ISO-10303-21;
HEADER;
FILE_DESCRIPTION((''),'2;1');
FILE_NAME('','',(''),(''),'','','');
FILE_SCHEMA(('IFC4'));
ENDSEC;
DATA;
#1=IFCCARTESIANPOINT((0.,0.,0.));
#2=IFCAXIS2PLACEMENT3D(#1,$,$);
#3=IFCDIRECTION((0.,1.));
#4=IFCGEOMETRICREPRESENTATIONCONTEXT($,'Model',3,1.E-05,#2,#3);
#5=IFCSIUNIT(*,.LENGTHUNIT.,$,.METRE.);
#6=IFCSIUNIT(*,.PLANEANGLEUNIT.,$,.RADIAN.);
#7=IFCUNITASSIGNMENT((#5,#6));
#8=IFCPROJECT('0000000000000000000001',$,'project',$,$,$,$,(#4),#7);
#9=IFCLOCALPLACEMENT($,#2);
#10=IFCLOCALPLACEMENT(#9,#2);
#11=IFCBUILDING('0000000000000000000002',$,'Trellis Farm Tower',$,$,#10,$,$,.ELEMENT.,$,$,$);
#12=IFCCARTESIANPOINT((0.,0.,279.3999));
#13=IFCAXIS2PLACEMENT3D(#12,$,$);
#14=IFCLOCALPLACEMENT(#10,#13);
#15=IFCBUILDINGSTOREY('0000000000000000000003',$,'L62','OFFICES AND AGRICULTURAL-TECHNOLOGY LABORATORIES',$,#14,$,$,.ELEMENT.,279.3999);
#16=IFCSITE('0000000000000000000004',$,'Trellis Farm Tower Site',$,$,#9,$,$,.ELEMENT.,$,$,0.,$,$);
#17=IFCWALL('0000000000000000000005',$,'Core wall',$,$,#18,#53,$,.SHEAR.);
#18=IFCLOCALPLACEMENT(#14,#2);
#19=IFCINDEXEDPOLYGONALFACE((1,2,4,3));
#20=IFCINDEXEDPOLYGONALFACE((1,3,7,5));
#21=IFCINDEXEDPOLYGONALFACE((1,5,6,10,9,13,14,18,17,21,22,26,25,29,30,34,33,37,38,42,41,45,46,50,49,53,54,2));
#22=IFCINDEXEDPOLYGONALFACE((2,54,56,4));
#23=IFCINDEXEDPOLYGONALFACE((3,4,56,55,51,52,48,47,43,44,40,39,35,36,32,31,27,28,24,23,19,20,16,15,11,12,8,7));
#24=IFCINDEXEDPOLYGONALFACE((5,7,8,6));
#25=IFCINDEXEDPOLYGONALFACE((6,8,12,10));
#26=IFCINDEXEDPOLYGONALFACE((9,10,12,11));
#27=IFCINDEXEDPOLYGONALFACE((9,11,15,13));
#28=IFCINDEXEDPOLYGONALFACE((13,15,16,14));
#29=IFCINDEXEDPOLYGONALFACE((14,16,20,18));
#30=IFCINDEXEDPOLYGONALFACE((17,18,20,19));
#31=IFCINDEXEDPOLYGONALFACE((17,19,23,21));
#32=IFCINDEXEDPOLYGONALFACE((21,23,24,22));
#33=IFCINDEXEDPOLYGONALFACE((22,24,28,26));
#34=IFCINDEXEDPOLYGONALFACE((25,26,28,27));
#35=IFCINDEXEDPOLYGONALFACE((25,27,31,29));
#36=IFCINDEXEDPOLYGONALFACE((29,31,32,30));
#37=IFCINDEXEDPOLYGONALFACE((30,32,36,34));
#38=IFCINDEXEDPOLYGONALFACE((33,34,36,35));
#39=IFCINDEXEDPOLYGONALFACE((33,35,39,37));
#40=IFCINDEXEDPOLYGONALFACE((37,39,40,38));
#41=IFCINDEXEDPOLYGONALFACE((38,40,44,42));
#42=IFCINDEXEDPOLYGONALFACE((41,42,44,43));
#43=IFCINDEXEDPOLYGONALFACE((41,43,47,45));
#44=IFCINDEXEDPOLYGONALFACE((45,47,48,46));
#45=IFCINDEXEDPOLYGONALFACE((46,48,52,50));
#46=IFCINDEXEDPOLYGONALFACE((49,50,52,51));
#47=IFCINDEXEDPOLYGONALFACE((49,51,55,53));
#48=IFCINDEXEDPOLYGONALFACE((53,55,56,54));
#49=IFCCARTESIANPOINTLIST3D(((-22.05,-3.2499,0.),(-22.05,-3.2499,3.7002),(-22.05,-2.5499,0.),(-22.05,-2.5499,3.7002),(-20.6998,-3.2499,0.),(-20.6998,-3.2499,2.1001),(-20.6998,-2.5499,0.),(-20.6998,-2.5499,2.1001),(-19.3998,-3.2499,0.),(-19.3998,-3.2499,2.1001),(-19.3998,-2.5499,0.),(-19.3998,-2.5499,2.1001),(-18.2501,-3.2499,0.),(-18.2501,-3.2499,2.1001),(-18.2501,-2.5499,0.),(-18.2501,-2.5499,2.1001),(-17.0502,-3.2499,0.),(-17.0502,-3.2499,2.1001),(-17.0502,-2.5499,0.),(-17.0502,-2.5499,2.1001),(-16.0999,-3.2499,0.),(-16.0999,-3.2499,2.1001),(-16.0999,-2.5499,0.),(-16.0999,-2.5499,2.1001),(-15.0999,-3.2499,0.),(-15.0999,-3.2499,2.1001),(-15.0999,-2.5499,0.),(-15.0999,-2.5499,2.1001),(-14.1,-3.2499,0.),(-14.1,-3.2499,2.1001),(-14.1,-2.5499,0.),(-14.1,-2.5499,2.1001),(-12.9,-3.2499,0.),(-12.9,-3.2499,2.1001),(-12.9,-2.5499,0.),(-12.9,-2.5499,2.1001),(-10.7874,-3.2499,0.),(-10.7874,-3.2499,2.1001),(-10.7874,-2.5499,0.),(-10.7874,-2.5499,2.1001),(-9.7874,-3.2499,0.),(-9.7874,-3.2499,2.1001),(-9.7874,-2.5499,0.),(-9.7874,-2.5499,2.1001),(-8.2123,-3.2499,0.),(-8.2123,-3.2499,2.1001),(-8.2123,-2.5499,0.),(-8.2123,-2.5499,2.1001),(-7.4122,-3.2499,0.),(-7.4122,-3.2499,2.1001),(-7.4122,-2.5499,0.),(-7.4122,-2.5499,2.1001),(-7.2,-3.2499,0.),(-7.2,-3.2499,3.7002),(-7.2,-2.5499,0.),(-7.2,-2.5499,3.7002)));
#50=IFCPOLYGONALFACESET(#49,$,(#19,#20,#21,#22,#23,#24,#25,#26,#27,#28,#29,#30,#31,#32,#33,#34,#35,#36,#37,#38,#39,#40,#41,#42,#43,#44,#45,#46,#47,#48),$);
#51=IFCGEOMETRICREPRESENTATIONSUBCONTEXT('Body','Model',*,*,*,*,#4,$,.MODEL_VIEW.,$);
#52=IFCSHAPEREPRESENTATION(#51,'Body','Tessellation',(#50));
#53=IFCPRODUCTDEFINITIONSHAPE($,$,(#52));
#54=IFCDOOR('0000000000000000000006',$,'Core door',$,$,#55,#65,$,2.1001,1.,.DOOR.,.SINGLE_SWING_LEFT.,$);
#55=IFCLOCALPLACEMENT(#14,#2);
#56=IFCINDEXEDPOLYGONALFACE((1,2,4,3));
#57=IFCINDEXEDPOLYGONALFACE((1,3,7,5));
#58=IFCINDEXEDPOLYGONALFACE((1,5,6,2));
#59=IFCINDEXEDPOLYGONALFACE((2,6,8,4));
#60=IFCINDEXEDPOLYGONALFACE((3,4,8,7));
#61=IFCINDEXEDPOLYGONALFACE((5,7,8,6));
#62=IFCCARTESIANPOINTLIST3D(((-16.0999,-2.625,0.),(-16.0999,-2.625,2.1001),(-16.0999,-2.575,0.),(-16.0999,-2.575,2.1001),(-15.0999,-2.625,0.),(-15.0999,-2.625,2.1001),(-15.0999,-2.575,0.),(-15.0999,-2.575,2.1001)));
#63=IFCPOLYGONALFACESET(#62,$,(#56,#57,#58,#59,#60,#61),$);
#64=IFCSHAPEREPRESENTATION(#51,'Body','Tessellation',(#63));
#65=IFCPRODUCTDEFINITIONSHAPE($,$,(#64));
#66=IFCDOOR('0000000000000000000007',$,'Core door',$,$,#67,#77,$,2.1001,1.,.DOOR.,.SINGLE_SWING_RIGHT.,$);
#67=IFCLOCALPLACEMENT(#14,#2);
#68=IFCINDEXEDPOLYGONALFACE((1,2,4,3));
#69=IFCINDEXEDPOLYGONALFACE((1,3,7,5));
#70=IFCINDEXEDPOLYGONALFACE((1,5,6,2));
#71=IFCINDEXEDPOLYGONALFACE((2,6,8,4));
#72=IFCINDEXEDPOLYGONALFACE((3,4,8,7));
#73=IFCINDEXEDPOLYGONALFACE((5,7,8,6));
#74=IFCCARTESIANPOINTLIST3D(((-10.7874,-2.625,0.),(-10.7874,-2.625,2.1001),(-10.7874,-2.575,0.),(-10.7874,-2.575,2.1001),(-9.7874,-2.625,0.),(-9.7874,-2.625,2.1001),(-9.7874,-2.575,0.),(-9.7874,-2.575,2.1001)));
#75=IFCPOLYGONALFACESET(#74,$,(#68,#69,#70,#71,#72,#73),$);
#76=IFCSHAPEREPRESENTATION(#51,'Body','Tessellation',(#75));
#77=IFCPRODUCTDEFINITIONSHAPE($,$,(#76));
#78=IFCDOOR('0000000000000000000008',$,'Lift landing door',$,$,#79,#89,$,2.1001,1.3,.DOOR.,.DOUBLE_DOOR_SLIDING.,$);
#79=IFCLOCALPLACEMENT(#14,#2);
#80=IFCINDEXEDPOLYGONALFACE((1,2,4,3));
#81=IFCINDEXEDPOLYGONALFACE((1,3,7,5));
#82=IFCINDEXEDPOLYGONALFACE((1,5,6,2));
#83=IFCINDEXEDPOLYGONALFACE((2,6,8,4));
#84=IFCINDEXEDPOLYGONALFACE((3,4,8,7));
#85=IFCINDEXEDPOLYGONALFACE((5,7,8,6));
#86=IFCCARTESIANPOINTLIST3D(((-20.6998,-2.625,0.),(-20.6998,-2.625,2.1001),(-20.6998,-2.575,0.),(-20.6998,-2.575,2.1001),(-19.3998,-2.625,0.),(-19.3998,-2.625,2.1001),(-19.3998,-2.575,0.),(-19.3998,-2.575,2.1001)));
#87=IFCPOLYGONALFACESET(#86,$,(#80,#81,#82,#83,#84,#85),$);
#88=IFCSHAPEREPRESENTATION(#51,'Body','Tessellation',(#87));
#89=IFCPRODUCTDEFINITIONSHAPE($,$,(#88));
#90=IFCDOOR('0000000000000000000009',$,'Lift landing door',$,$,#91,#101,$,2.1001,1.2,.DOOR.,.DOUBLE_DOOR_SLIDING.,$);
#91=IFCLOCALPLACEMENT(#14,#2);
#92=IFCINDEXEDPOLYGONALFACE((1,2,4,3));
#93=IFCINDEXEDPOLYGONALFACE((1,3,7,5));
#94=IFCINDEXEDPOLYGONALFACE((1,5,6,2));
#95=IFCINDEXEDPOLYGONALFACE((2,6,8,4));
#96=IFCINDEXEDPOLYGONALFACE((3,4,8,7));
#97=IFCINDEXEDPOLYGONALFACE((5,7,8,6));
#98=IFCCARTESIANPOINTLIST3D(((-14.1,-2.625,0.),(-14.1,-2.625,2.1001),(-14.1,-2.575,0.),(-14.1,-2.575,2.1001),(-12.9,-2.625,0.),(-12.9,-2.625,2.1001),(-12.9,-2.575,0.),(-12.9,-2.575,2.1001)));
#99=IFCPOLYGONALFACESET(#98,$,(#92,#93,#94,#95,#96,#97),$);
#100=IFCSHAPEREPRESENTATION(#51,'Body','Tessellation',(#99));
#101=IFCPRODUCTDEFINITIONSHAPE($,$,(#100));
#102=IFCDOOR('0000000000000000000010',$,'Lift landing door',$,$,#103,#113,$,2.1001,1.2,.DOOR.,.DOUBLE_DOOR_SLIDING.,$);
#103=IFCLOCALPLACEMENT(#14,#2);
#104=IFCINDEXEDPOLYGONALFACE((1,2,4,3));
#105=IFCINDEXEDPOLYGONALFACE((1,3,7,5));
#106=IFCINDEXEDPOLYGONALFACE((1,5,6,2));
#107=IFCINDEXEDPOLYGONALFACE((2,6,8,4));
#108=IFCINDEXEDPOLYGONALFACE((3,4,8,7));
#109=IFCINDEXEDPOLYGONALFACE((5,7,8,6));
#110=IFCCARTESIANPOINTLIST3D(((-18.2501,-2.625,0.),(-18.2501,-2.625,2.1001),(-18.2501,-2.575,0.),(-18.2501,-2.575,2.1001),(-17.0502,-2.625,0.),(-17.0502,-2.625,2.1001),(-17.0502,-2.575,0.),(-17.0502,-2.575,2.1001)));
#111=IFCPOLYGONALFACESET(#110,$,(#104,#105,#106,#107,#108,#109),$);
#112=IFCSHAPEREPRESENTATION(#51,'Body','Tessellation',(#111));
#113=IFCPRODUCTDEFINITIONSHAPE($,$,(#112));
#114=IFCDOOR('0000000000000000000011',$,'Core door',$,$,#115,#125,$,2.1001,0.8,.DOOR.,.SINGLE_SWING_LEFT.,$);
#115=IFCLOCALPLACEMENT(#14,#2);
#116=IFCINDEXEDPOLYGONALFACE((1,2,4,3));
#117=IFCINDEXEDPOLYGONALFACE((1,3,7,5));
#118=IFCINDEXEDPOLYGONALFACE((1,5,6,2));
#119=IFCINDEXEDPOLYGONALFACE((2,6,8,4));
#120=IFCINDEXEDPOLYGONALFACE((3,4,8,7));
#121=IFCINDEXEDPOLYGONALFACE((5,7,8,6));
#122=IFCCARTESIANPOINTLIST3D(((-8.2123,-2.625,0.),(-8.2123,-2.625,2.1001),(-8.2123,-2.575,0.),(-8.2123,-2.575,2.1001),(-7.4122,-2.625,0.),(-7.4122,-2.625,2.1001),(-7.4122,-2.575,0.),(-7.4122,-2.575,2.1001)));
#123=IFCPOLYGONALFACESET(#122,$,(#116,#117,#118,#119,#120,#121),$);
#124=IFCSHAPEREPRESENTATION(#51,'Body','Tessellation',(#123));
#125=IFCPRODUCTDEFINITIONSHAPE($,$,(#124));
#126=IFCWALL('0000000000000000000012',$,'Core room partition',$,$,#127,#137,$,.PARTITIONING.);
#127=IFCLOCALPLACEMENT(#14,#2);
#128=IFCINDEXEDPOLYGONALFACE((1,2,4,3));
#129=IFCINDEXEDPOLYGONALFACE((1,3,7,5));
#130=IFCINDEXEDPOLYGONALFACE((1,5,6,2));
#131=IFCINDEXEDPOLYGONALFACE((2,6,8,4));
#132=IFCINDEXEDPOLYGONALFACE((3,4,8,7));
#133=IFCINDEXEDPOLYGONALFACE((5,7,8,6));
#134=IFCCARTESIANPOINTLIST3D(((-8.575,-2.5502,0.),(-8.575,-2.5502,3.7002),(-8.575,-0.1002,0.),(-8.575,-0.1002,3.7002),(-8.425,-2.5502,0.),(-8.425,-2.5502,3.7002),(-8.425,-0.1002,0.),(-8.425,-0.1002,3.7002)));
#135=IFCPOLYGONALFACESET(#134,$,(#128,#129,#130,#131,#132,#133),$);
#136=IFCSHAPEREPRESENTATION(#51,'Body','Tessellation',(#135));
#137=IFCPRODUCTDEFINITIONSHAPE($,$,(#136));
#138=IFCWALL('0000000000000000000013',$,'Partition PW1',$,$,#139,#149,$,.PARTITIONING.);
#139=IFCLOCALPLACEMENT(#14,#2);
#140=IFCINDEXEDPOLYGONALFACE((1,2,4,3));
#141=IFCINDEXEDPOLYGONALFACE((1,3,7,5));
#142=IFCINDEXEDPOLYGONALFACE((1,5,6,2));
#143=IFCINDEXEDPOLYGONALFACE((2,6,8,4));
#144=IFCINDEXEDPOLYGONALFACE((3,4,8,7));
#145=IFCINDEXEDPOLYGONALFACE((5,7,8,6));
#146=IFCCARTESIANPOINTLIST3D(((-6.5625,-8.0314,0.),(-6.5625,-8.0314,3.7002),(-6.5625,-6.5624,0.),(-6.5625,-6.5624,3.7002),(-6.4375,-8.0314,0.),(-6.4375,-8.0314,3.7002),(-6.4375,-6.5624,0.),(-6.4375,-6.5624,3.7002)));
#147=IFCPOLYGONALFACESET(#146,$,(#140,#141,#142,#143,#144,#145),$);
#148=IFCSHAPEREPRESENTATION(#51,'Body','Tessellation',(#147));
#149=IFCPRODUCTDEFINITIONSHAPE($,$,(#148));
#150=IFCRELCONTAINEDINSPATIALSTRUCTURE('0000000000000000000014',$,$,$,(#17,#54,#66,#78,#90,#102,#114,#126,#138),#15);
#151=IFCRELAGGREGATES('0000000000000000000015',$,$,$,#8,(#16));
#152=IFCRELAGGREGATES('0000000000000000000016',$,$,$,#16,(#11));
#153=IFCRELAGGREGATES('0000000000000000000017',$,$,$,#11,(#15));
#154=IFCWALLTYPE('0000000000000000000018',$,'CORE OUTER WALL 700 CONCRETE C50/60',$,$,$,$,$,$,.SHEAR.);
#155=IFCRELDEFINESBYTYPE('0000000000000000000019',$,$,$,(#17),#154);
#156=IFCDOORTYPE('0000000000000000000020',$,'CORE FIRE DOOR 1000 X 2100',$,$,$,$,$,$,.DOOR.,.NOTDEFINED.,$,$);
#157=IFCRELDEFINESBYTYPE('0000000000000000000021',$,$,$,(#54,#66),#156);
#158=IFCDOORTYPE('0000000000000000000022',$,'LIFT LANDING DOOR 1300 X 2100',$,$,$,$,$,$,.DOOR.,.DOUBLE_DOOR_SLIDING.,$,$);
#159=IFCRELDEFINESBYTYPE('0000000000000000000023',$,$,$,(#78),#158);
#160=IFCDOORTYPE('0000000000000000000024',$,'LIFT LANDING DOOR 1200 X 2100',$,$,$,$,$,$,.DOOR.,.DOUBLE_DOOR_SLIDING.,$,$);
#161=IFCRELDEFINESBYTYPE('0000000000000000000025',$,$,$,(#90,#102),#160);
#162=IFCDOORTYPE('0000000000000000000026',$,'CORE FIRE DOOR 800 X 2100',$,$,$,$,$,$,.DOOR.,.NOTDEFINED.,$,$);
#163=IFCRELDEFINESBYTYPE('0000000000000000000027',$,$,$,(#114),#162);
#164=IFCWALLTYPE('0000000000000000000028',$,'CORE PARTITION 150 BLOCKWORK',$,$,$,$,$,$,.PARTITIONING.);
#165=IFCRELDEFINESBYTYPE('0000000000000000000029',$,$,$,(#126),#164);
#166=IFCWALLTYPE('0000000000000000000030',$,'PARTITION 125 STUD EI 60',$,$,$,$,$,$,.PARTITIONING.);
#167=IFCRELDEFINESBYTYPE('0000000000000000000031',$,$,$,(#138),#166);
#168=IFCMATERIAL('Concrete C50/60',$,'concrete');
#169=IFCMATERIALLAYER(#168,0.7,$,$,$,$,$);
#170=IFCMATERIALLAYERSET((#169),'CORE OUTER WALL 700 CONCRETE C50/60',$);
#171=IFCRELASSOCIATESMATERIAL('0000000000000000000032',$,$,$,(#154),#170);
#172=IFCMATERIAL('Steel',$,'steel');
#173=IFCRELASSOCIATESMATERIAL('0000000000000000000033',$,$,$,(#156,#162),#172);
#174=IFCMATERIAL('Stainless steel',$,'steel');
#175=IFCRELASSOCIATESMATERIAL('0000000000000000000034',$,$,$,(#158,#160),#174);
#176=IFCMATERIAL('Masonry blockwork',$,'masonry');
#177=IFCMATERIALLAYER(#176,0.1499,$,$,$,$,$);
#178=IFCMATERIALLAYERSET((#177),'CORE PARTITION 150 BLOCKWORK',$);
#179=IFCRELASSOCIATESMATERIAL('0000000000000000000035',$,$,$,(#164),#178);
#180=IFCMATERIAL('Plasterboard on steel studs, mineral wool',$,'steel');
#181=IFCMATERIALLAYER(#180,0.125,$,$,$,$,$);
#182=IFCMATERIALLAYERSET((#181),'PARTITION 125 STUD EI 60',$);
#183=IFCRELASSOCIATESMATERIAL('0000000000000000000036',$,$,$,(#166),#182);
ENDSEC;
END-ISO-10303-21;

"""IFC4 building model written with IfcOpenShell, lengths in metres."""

from ifc_helpers import new_model, si_unit, direction, frame, frame_2d, origin, place, context, subcontext, project, spatial, rectangle, extrude, source, transform, mapped, material, layer, layer_set, type_object, element, fill, save


model = new_model("IFC4")

# Units and contexts
model_context = context("Model", 3, precision=1e-05, world=origin(), true_north=direction((0.0, 1.0)))
body_context = subcontext(model_context, "Body", "Model", "MODEL_VIEW")
ifc_project = project(units=[si_unit("LENGTHUNIT", "METRE"), si_unit("PLANEANGLEUNIT", "RADIAN")], contexts=[model_context])

# Site, building, storey
site_placement = place(None, origin())
site = spatial("IfcSite", under=ifc_project, at=site_placement, Name="Trellis Farm Tower Site", CompositionType="ELEMENT", RefElevation=0.0)
building_placement = place(site_placement, origin())
building = spatial("IfcBuilding", under=site, at=building_placement, Name="Trellis Farm Tower", CompositionType="ELEMENT")
storey_placement = place(building_placement, frame((0.0, 0.0, 279.3999)))
storey = spatial("IfcBuildingStorey", under=building, at=storey_placement, Name="L62", Description="OFFICES AND AGRICULTURAL-TECHNOLOGY LABORATORIES", CompositionType="ELEMENT", Elevation=279.3999)

# Wall, openings, doors
ifc_material_1 = material(Name="Concrete C50/60", Category="concrete")
ifc_layer_1 = layer(ifc_material_1, 0.7)
ifc_layer_set_1 = layer_set([ifc_layer_1], Name="CORE OUTER WALL 700 CONCRETE C50/60")
wall_type_1 = type_object("IfcWallType", Name="CORE OUTER WALL 700 CONCRETE C50/60", PredefinedType="SHEAR", material=ifc_layer_set_1)
shared_shape_1 = source(origin(), body_context, "Body", "SweptSolid", [
    extrude(rectangle(XDim=14.8501, YDim=0.7, at=frame_2d((7.425, 0.0))), origin(), (0.0, 0.0, 1.0), 3.7002),
])
wall_1_placement = place(storey_placement, frame((-7.2, -2.8999, 0.0), z_axis=(0.0, 0.0, 1.0), x_axis=(-1.0, 0.0, 0.0)))
wall_1 = element("IfcWall", 1, at=wall_1_placement, inside=storey, type_object=wall_type_1, Name="Core wall", PredefinedType="SHEAR", context=body_context, shape_type="MappedRepresentation", body=[
    mapped(shared_shape_1, transform((0.0, 0.0, 0.0))),
])
shared_shape_2 = source(origin(), body_context, "Body", "SweptSolid", [
    extrude(rectangle(XDim=1.2, YDim=2.1001, at=frame_2d((0.6001, 1.05))), frame((0.0, 0.3601, 0.0), z_axis=(0.0, -1.0, 0.0), x_axis=(1.0, 0.0, 0.0)), (0.0, 0.0, 1.0), 0.7202),
])
opening_1_placement = place(wall_1_placement, frame((5.7, 0.0, 0.0)))
opening_1 = element("IfcOpeningElement", 2, at=opening_1_placement, cuts=wall_1, PredefinedType="OPENING", context=body_context, shape_type="MappedRepresentation", body=[
    mapped(shared_shape_2, transform((0.0, 0.0, 0.0))),
])
shared_shape_3 = source(origin(), body_context, "Body", "SweptSolid", [
    extrude(rectangle(XDim=1.3, YDim=2.1001, at=frame_2d((0.6499, 1.05))), frame((0.0, 0.3601, 0.0), z_axis=(0.0, -1.0, 0.0), x_axis=(1.0, 0.0, 0.0)), (0.0, 0.0, 1.0), 0.7202),
])
opening_2_placement = place(wall_1_placement, frame((12.2, 0.0, 0.0)))
opening_2 = element("IfcOpeningElement", 3, at=opening_2_placement, cuts=wall_1, PredefinedType="OPENING", context=body_context, shape_type="MappedRepresentation", body=[
    mapped(shared_shape_3, transform((0.0, 0.0, 0.0))),
])
opening_3_placement = place(wall_1_placement, frame((9.8501, 0.0, 0.0)))
opening_3 = element("IfcOpeningElement", 4, at=opening_3_placement, cuts=wall_1, PredefinedType="OPENING", context=body_context, shape_type="MappedRepresentation", body=[
    mapped(shared_shape_2, transform((0.0, 0.0, 0.0))),
])
shared_shape_4 = source(origin(), body_context, "Body", "SweptSolid", [
    extrude(rectangle(XDim=1.0, YDim=2.1001, at=frame_2d((0.5, 1.05))), frame((0.0, 0.3601, 0.0), z_axis=(0.0, -1.0, 0.0), x_axis=(1.0, 0.0, 0.0)), (0.0, 0.0, 1.0), 0.7202),
])
opening_4_placement = place(wall_1_placement, frame((7.8999, 0.0, 0.0)))
opening_4 = element("IfcOpeningElement", 5, at=opening_4_placement, cuts=wall_1, PredefinedType="OPENING", context=body_context, shape_type="MappedRepresentation", body=[
    mapped(shared_shape_4, transform((0.0, 0.0, 0.0))),
])
shared_shape_5 = source(origin(), body_context, "Body", "SweptSolid", [
    extrude(rectangle(XDim=0.8, YDim=2.1001, at=frame_2d((0.3999, 1.05))), frame((0.0, 0.3601, 0.0), z_axis=(0.0, -1.0, 0.0), x_axis=(1.0, 0.0, 0.0)), (0.0, 0.0, 1.0), 0.7202),
])
opening_5_placement = place(wall_1_placement, frame((0.2124, 0.0, 0.0)))
opening_5 = element("IfcOpeningElement", 6, at=opening_5_placement, cuts=wall_1, PredefinedType="OPENING", context=body_context, shape_type="MappedRepresentation", body=[
    mapped(shared_shape_5, transform((0.0, 0.0, 0.0))),
])
opening_6_placement = place(wall_1_placement, frame((2.5874, 0.0, 0.0)))
opening_6 = element("IfcOpeningElement", 7, at=opening_6_placement, cuts=wall_1, PredefinedType="OPENING", context=body_context, shape_type="MappedRepresentation", body=[
    mapped(shared_shape_4, transform((0.0, 0.0, 0.0))),
])
ifc_material_2 = material(Name="Steel", Category="steel")
door_type_1 = type_object("IfcDoorType", Name="CORE FIRE DOOR 1000 X 2100", OperationType="NOTDEFINED", PredefinedType="DOOR", material=ifc_material_2)
shared_shape_6 = source(origin(), body_context, "Body", "SweptSolid", [
    extrude(rectangle(XDim=1.0, YDim=2.1001, at=frame_2d((0.5, 1.05))), frame((0.0, -0.2749, 0.0), z_axis=(0.0, -1.0, 0.0), x_axis=(1.0, 0.0, 0.0)), (0.0, 0.0, 1.0), 0.05),
])
door_1_placement = place(opening_4_placement, origin())
door_1 = element("IfcDoor", 8, at=door_1_placement, inside=storey, type_object=door_type_1, Name="Core door", OperationType="SINGLE_SWING_LEFT", OverallHeight=2.1001, OverallWidth=1.0, PredefinedType="DOOR", context=body_context, shape_type="MappedRepresentation", body=[
    mapped(shared_shape_6, transform((0.0, 0.0, 0.0))),
])
fill(opening_4, door_1)
door_2_placement = place(opening_6_placement, origin())
door_2 = element("IfcDoor", 9, at=door_2_placement, inside=storey, type_object=door_type_1, Name="Core door", OperationType="SINGLE_SWING_RIGHT", OverallHeight=2.1001, OverallWidth=1.0, PredefinedType="DOOR", context=body_context, shape_type="MappedRepresentation", body=[
    mapped(shared_shape_6, transform((0.0, 0.0, 0.0))),
])
fill(opening_6, door_2)
ifc_material_3 = material(Name="Stainless steel", Category="steel")
door_type_2 = type_object("IfcDoorType", Name="LIFT LANDING DOOR 1300 X 2100", OperationType="DOUBLE_DOOR_SLIDING", PredefinedType="DOOR", material=ifc_material_3)
shared_shape_7 = source(origin(), body_context, "Body", "SweptSolid", [
    extrude(rectangle(XDim=1.3, YDim=2.1001, at=frame_2d((0.6499, 1.05))), frame((0.0, -0.2749, 0.0), z_axis=(0.0, -1.0, 0.0), x_axis=(1.0, 0.0, 0.0)), (0.0, 0.0, 1.0), 0.05),
])
door_3_placement = place(opening_2_placement, origin())
door_3 = element("IfcDoor", 10, at=door_3_placement, inside=storey, type_object=door_type_2, Name="Lift landing door", OperationType="DOUBLE_DOOR_SLIDING", OverallHeight=2.1001, OverallWidth=1.3, PredefinedType="DOOR", context=body_context, shape_type="MappedRepresentation", body=[
    mapped(shared_shape_7, transform((0.0, 0.0, 0.0))),
])
fill(opening_2, door_3)
door_type_3 = type_object("IfcDoorType", Name="LIFT LANDING DOOR 1200 X 2100", OperationType="DOUBLE_DOOR_SLIDING", PredefinedType="DOOR", material=ifc_material_3)
shared_shape_8 = source(origin(), body_context, "Body", "SweptSolid", [
    extrude(rectangle(XDim=1.2, YDim=2.1001, at=frame_2d((0.6001, 1.05))), frame((0.0, -0.2749, 0.0), z_axis=(0.0, -1.0, 0.0), x_axis=(1.0, 0.0, 0.0)), (0.0, 0.0, 1.0), 0.05),
])
door_4_placement = place(opening_1_placement, origin())
door_4 = element("IfcDoor", 11, at=door_4_placement, inside=storey, type_object=door_type_3, Name="Lift landing door", OperationType="DOUBLE_DOOR_SLIDING", OverallHeight=2.1001, OverallWidth=1.2, PredefinedType="DOOR", context=body_context, shape_type="MappedRepresentation", body=[
    mapped(shared_shape_8, transform((0.0, 0.0, 0.0))),
])
fill(opening_1, door_4)
door_5_placement = place(opening_3_placement, origin())
door_5 = element("IfcDoor", 12, at=door_5_placement, inside=storey, type_object=door_type_3, Name="Lift landing door", OperationType="DOUBLE_DOOR_SLIDING", OverallHeight=2.1001, OverallWidth=1.2, PredefinedType="DOOR", context=body_context, shape_type="MappedRepresentation", body=[
    mapped(shared_shape_8, transform((0.0, 0.0, 0.0))),
])
fill(opening_3, door_5)
door_type_4 = type_object("IfcDoorType", Name="CORE FIRE DOOR 800 X 2100", OperationType="NOTDEFINED", PredefinedType="DOOR", material=ifc_material_2)
shared_shape_9 = source(origin(), body_context, "Body", "SweptSolid", [
    extrude(rectangle(XDim=0.8, YDim=2.1001, at=frame_2d((0.3999, 1.05))), frame((0.0, -0.2749, 0.0), z_axis=(0.0, -1.0, 0.0), x_axis=(1.0, 0.0, 0.0)), (0.0, 0.0, 1.0), 0.05),
])
door_6_placement = place(opening_5_placement, origin())
door_6 = element("IfcDoor", 13, at=door_6_placement, inside=storey, type_object=door_type_4, Name="Core door", OperationType="SINGLE_SWING_LEFT", OverallHeight=2.1001, OverallWidth=0.8, PredefinedType="DOOR", context=body_context, shape_type="MappedRepresentation", body=[
    mapped(shared_shape_9, transform((0.0, 0.0, 0.0))),
])
fill(opening_5, door_6)

# Walls
ifc_material_4 = material(Name="Masonry blockwork", Category="masonry")
ifc_layer_2 = layer(ifc_material_4, 0.1499)
ifc_layer_set_2 = layer_set([ifc_layer_2], Name="CORE PARTITION 150 BLOCKWORK")
wall_type_2 = type_object("IfcWallType", Name="CORE PARTITION 150 BLOCKWORK", PredefinedType="PARTITIONING", material=ifc_layer_set_2)
shared_shape_10 = source(origin(), body_context, "Body", "SweptSolid", [
    extrude(rectangle(XDim=2.45, YDim=0.1499, at=frame_2d((1.2251, 0.0))), origin(), (0.0, 0.0, 1.0), 3.7002),
])
wall_2_placement = place(storey_placement, frame((-8.5, -0.1001, 0.0), z_axis=(0.0, 0.0, 1.0), x_axis=(0.0, -1.0, 0.0)))
element("IfcWall", 14, at=wall_2_placement, inside=storey, type_object=wall_type_2, Name="Core room partition", PredefinedType="PARTITIONING", context=body_context, shape_type="MappedRepresentation", body=[
    mapped(shared_shape_10, transform((0.0, 0.0, 0.0))),
])
ifc_material_5 = material(Name="Plasterboard on steel studs, mineral wool", Category="steel")
ifc_layer_3 = layer(ifc_material_5, 0.125)
ifc_layer_set_3 = layer_set([ifc_layer_3], Name="PARTITION 125 STUD EI 60")
wall_type_3 = type_object("IfcWallType", Name="PARTITION 125 STUD EI 60", PredefinedType="PARTITIONING", material=ifc_layer_set_3)
shared_shape_11 = source(origin(), body_context, "Body", "SweptSolid", [
    extrude(rectangle(XDim=1.469, YDim=0.125, at=frame_2d((0.7344, 0.0))), origin(), (0.0, 0.0, 1.0), 3.7002),
])
wall_3_placement = place(storey_placement, frame((-6.5, -6.5625, 0.0), z_axis=(0.0, 0.0, 1.0), x_axis=(0.0, -1.0, 0.0)))
element("IfcWall", 15, at=wall_3_placement, inside=storey, type_object=wall_type_3, Name="Partition PW1", PredefinedType="PARTITIONING", context=body_context, shape_type="MappedRepresentation", body=[
    mapped(shared_shape_11, transform((0.0, 0.0, 0.0))),
])

save(model, "model.ifc")
